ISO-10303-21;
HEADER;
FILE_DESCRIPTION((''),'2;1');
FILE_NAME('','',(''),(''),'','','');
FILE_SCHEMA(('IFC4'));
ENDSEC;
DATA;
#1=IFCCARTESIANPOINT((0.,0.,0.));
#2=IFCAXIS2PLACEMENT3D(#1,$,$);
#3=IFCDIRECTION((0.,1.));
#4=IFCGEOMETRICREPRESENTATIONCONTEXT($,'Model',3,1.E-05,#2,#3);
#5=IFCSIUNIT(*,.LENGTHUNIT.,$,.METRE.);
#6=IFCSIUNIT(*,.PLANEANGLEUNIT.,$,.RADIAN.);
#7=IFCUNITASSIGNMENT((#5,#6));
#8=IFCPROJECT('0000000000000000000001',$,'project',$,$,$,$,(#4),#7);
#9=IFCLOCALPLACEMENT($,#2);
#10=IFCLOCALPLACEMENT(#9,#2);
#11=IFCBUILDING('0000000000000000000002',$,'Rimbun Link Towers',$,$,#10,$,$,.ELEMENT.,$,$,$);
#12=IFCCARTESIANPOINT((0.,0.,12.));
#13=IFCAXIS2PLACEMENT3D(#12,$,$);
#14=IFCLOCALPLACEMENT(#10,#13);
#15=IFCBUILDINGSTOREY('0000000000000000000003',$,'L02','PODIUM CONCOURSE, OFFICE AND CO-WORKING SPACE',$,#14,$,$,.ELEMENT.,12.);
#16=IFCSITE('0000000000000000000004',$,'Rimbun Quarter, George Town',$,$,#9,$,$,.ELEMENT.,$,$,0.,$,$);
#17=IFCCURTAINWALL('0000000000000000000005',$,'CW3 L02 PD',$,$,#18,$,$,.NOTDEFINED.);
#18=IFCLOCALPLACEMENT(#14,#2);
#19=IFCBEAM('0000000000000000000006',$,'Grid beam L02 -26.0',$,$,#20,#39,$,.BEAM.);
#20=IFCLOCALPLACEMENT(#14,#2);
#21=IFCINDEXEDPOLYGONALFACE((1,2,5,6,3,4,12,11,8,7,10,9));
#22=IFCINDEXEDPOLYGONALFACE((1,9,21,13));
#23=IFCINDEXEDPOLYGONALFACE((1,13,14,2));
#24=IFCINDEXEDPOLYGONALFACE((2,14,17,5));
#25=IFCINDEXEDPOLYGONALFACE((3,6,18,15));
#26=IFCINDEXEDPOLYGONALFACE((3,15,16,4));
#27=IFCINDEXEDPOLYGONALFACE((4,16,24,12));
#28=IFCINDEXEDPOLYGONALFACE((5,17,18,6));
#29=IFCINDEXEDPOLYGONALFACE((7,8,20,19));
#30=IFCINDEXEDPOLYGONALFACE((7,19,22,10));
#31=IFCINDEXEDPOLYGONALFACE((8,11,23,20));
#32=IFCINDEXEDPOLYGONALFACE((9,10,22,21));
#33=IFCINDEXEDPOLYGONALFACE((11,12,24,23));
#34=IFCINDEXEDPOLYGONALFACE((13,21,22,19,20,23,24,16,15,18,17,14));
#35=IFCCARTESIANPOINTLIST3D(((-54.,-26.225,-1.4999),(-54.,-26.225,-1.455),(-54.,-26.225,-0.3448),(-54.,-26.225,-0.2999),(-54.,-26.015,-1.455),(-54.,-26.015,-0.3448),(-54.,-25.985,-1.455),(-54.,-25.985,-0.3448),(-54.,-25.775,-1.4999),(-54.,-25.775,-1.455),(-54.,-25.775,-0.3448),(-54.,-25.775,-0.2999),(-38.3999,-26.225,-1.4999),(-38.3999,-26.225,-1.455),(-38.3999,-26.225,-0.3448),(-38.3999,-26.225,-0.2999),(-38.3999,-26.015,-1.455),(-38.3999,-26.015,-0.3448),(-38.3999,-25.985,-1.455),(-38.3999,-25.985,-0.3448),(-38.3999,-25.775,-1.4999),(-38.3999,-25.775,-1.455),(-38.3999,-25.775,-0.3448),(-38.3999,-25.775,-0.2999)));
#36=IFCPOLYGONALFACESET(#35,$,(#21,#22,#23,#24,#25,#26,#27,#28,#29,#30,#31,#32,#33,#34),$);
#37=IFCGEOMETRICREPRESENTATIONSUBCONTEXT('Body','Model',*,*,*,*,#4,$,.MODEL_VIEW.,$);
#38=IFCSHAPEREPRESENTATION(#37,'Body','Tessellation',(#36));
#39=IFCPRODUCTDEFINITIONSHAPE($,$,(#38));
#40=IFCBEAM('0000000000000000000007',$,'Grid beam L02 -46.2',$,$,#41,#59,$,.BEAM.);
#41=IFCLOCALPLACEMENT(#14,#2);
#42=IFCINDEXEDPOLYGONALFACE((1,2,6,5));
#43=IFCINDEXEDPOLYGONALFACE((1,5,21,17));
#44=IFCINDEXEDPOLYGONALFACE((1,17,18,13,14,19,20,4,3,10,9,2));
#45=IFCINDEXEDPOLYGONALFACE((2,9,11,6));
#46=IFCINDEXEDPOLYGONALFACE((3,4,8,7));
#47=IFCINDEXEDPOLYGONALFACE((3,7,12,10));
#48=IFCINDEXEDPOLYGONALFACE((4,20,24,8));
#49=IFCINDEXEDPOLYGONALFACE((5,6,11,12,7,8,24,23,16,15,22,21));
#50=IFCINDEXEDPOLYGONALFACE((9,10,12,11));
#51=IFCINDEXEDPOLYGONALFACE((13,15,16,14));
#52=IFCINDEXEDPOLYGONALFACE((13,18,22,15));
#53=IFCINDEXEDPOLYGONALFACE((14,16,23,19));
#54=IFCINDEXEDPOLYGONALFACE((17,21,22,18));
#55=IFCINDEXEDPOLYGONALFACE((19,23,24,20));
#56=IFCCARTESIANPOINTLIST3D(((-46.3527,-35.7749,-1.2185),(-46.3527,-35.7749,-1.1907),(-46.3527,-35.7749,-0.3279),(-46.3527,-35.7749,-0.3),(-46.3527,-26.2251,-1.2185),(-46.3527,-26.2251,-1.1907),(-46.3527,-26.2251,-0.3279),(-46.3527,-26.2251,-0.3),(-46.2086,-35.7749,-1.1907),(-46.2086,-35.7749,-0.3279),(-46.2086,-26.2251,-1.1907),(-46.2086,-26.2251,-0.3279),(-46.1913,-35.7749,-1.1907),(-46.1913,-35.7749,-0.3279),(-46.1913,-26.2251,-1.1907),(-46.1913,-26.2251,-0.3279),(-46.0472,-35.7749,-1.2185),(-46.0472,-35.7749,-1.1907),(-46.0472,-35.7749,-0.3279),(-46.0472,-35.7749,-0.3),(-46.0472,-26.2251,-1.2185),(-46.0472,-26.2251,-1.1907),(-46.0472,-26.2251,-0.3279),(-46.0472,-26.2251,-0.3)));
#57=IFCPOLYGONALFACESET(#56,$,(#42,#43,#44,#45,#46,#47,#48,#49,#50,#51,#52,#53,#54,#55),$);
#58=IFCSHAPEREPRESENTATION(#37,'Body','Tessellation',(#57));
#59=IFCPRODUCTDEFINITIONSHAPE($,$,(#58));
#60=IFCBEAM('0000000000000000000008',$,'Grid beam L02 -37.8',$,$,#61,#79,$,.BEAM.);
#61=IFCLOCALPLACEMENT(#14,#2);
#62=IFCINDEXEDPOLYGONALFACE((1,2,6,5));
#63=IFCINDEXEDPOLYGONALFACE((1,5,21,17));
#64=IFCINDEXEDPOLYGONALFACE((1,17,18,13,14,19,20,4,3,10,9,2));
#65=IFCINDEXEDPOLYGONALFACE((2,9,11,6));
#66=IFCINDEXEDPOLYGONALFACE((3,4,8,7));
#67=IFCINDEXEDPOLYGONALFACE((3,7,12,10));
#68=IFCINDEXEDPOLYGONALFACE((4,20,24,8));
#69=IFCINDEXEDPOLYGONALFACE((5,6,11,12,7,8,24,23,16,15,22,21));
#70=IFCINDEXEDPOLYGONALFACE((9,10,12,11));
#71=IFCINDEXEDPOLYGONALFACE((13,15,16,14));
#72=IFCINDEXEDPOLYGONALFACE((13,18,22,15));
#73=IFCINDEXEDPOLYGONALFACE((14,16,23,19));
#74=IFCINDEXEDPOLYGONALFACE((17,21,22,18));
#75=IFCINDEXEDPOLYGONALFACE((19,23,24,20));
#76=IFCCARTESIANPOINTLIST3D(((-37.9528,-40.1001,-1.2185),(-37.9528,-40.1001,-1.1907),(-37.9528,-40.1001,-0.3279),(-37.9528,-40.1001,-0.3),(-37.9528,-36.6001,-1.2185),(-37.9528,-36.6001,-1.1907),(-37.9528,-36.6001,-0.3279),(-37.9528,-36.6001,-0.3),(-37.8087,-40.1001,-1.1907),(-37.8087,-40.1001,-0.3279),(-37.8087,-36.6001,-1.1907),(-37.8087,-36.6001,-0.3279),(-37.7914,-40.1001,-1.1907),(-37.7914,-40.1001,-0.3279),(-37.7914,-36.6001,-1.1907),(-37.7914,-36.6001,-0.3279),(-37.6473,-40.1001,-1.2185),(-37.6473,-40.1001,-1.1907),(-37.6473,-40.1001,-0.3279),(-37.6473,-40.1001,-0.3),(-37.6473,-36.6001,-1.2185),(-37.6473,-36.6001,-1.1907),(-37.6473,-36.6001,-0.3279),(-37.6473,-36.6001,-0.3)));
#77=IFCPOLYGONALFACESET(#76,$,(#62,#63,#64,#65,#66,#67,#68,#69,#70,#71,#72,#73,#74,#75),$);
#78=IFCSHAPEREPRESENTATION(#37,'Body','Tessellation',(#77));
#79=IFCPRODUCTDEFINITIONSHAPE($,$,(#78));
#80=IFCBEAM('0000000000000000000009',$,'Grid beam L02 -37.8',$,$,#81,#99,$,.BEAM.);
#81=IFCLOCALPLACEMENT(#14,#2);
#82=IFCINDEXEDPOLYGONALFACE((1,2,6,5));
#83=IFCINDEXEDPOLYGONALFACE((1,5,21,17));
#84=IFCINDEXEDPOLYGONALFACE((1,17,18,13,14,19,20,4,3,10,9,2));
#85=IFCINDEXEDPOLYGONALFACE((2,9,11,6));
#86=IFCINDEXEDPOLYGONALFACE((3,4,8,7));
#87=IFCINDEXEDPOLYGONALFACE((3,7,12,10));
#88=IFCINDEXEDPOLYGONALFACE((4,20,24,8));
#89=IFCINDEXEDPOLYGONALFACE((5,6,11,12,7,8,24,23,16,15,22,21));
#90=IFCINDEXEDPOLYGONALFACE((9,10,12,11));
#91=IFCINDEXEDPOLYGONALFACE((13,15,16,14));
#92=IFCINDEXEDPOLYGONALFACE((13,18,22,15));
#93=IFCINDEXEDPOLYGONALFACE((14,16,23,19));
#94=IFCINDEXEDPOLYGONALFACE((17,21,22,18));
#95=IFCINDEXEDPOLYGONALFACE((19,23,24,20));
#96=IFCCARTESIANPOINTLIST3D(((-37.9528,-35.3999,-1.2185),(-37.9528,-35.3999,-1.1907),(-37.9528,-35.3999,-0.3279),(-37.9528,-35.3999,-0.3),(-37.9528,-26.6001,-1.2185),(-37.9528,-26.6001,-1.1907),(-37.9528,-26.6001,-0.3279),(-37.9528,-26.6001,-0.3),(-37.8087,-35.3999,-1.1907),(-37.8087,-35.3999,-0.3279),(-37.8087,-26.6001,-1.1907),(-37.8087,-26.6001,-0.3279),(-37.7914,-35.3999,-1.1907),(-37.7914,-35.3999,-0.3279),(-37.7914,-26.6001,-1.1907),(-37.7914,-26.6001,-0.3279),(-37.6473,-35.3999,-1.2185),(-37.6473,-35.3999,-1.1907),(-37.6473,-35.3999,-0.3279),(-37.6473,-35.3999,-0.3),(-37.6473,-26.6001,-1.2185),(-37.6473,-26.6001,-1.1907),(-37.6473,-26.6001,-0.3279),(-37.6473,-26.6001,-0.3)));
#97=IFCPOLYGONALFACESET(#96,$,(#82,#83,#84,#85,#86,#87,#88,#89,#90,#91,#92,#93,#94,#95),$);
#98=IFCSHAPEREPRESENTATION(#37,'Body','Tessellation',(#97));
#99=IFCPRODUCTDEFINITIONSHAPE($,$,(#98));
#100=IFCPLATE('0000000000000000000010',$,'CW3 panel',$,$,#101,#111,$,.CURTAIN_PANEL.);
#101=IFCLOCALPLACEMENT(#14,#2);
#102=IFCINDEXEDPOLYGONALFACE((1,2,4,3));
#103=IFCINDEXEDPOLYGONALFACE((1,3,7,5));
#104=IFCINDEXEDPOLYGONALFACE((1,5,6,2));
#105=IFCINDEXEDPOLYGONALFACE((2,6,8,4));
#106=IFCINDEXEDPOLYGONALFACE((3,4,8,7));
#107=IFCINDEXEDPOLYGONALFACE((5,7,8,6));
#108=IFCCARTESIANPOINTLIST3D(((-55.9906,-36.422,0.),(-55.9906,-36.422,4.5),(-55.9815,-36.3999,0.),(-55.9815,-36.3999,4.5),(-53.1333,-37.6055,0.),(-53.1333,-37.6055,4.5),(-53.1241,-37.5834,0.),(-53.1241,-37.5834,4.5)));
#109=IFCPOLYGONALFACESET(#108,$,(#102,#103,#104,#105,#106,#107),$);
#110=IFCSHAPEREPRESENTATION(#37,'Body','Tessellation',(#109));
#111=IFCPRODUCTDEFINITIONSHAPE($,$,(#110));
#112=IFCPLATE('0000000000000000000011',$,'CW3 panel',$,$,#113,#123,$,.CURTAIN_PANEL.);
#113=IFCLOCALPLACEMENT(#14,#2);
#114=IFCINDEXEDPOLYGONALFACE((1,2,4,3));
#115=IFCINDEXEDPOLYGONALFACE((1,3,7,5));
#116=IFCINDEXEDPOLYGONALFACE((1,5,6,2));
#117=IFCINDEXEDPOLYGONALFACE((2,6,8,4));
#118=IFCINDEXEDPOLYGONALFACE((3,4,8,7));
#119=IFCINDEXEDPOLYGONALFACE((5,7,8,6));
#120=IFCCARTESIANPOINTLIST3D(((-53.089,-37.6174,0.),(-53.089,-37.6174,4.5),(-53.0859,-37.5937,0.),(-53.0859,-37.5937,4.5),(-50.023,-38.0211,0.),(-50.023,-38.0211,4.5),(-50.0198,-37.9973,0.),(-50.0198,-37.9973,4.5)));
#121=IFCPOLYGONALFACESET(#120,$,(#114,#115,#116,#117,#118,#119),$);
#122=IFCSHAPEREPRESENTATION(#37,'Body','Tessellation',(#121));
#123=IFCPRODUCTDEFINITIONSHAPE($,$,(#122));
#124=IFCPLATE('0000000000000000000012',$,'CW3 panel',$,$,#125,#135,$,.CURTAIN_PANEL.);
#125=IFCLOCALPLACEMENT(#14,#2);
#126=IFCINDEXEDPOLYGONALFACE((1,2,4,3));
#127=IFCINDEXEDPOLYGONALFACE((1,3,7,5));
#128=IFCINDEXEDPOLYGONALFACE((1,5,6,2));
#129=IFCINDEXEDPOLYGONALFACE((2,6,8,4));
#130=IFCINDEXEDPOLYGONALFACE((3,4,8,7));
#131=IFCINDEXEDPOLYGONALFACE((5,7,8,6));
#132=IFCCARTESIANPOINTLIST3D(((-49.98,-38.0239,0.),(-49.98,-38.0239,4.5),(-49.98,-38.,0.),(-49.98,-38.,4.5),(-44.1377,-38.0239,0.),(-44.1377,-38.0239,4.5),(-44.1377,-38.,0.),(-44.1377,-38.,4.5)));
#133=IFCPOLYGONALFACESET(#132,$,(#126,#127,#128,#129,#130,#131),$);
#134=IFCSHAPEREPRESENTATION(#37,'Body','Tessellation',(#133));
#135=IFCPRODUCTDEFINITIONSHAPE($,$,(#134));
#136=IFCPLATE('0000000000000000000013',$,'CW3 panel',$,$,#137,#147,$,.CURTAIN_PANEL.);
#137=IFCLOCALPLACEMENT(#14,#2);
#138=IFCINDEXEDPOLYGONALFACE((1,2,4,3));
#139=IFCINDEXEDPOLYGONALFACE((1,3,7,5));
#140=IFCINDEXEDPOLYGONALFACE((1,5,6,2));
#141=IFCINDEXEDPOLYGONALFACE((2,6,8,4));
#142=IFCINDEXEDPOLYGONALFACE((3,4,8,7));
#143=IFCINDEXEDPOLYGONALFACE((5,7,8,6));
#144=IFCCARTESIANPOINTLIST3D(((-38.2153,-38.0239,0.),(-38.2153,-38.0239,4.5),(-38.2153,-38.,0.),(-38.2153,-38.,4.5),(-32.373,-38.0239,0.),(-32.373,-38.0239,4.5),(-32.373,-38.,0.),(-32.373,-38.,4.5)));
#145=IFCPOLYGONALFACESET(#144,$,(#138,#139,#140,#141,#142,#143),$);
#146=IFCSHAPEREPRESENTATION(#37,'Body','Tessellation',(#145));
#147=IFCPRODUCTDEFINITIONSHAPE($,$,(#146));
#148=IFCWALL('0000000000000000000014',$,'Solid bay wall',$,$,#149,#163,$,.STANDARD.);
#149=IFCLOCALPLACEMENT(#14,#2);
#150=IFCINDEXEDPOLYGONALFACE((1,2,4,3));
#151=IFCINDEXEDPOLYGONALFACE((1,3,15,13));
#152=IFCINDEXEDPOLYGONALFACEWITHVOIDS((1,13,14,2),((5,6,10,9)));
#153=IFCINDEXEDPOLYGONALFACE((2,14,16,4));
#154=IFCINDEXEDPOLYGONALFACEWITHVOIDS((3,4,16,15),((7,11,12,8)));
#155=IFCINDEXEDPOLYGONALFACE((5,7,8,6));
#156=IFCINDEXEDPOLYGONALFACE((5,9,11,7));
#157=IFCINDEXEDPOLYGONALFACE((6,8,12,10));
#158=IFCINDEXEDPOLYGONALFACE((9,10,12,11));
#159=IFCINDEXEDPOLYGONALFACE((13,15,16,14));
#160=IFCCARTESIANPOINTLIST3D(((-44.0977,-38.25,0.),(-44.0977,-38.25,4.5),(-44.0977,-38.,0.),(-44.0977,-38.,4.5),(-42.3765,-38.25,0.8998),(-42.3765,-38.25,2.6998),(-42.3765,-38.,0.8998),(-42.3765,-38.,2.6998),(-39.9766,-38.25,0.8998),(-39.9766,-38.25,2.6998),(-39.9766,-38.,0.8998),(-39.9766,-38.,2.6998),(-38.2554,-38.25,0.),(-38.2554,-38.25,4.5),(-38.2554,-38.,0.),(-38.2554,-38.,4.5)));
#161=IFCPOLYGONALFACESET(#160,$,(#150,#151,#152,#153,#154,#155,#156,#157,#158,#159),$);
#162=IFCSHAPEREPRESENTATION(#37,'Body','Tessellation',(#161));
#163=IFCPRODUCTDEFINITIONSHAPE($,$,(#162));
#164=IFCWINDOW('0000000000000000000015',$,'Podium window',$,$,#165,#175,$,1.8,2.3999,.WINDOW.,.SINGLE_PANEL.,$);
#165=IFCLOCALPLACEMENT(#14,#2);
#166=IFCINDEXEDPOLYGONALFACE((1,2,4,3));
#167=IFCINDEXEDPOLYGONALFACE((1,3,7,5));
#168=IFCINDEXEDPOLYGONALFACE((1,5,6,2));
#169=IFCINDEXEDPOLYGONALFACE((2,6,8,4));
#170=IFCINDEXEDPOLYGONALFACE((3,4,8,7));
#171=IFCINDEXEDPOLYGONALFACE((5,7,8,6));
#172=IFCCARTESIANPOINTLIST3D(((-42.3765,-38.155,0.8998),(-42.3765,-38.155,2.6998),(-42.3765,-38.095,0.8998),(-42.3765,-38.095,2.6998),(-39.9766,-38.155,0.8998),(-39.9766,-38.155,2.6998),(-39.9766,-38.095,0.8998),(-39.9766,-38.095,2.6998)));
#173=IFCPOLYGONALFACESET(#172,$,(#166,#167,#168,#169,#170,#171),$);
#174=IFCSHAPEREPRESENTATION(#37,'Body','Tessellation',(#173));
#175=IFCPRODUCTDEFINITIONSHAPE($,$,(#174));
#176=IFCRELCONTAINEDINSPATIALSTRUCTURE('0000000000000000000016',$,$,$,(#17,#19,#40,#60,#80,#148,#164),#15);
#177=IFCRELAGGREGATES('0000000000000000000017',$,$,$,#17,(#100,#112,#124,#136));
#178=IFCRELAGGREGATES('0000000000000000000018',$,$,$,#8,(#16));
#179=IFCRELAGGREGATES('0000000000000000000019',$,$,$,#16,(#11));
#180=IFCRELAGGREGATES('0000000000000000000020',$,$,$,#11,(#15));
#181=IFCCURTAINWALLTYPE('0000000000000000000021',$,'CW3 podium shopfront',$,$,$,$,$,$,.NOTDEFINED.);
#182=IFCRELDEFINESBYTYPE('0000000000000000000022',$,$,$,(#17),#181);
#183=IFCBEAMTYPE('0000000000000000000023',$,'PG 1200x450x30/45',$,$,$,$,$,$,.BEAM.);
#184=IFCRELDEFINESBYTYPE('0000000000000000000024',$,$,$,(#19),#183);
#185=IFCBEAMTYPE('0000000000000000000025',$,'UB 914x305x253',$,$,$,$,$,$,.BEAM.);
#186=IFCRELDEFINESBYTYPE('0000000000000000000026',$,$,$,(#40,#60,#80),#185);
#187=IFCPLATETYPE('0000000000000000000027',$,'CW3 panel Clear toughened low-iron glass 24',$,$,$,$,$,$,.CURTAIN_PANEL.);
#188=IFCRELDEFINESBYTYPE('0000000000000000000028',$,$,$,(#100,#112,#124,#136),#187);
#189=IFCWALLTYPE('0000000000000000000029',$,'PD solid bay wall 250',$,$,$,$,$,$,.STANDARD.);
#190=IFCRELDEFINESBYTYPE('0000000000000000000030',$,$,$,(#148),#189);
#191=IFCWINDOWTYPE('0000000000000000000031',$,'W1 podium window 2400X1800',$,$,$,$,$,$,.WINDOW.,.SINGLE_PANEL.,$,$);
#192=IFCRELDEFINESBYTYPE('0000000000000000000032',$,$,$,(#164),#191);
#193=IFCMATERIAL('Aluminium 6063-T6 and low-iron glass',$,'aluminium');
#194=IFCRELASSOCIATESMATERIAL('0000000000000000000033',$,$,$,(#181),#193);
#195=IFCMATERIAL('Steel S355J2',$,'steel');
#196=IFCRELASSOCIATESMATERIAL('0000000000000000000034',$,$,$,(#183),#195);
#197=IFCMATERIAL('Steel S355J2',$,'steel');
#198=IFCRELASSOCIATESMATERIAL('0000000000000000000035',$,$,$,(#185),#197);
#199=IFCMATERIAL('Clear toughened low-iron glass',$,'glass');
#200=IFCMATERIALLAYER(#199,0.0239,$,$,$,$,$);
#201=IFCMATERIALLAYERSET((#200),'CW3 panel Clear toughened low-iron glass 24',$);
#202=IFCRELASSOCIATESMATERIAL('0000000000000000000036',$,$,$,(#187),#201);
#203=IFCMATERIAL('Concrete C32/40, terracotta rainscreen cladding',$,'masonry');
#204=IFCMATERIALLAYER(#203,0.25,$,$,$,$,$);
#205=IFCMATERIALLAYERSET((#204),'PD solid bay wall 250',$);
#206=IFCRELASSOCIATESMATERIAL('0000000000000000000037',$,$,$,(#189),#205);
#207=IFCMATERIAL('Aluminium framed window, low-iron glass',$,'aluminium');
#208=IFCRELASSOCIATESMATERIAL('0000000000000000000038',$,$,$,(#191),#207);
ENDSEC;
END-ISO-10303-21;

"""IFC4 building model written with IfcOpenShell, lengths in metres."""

from ifc_helpers import new_model, si_unit, direction, frame, frame_2d, origin, origin_2d, place, context, subcontext, project, spatial, rectangle, i_section, extrude, material, layer, layer_set, material_profile, profile_set, type_object, element, fill, aggregate, save


model = new_model("IFC4")

# Units and contexts
model_context = context("Model", 3, precision=1e-05, world=origin(), true_north=direction((0.0, 1.0)))
body_context = subcontext(model_context, "Body", "Model", "MODEL_VIEW")
ifc_project = project(units=[si_unit("LENGTHUNIT", "METRE"), si_unit("PLANEANGLEUNIT", "RADIAN")], contexts=[model_context])

# Site, building, storey
site_placement = place(None, origin())
site = spatial("IfcSite", under=ifc_project, at=site_placement, Name="Rimbun Quarter, George Town", CompositionType="ELEMENT", RefElevation=0.0)
building_placement = place(site_placement, origin())
building = spatial("IfcBuilding", under=site, at=building_placement, Name="Rimbun Link Towers", CompositionType="ELEMENT")
storey_placement = place(building_placement, frame((0.0, 0.0, 12.0)))
storey = spatial("IfcBuildingStorey", under=building, at=storey_placement, Name="L02", Description="PODIUM CONCOURSE, OFFICE AND CO-WORKING SPACE", CompositionType="ELEMENT", Elevation=12.0)

# Curtain wall
ifc_material_1 = material(Name="Aluminium 6063-T6 and low-iron glass", Category="aluminium")
curtain_wall_type = type_object("IfcCurtainWallType", Name="CW3 podium shopfront", PredefinedType="NOTDEFINED", material=ifc_material_1)
curtain_wall_placement = place(storey_placement, origin())
curtain_wall = element("IfcCurtainWall", 1, at=curtain_wall_placement, inside=storey, type_object=curtain_wall_type, Name="CW3 L02 PD", PredefinedType="NOTDEFINED")

# Beams
ifc_material_2 = material(Name="Steel S355J2", Category="steel")
ifc_material_profile_1 = material_profile(ifc_material_2, i_section(OverallWidth=0.45, OverallDepth=1.2, WebThickness=0.03, FlangeThickness=0.0449, at=origin_2d()), Name="PG 1200x450x30/45")
ifc_profile_set_1 = profile_set([ifc_material_profile_1], Name="Steel S355J2")
beam_type_1 = type_object("IfcBeamType", Name="PG 1200x450x30/45", PredefinedType="BEAM", material=ifc_profile_set_1)
beam_1_placement = place(storey_placement, frame((-54.0, -26.0, -0.8999), z_axis=(1.0, 0.0, 0.0), x_axis=(0.0, 1.0, 0.0)))
element("IfcBeam", 2, at=beam_1_placement, inside=storey, type_object=beam_type_1, Name="Grid beam L02 -26.0", PredefinedType="BEAM", context=body_context, shape_type="SweptSolid", body=[
    extrude(i_section(OverallWidth=0.45, OverallDepth=1.2, WebThickness=0.03, FlangeThickness=0.0449, at=origin_2d()), origin(), (0.0, 0.0, 1.0), 15.6001),
])
ifc_material_3 = material(Name="Steel S355J2", Category="steel")
ifc_material_profile_2 = material_profile(ifc_material_3, i_section(OverallWidth=0.3054, OverallDepth=0.9185, WebThickness=0.0173, FlangeThickness=0.0278, at=origin_2d()), Name="UB 914x305x253")
ifc_profile_set_2 = profile_set([ifc_material_profile_2], Name="Steel S355J2")
beam_type_2 = type_object("IfcBeamType", Name="UB 914x305x253", PredefinedType="BEAM", material=ifc_profile_set_2)
beam_2_placement = place(storey_placement, frame((-46.2, -35.7749, -0.7593), z_axis=(0.0, 1.0, 0.0), x_axis=(-1.0, 0.0, 0.0)))
element("IfcBeam", 3, at=beam_2_placement, inside=storey, type_object=beam_type_2, Name="Grid beam L02 -46.2", PredefinedType="BEAM", context=body_context, shape_type="SweptSolid", body=[
    extrude(i_section(OverallWidth=0.3054, OverallDepth=0.9185, WebThickness=0.0173, FlangeThickness=0.0278, at=origin_2d()), origin(), (0.0, 0.0, 1.0), 9.5498),
])
beam_3_placement = place(storey_placement, frame((-37.8, -40.1001, -0.7593), z_axis=(0.0, 1.0, 0.0), x_axis=(-1.0, 0.0, 0.0)))
element("IfcBeam", 4, at=beam_3_placement, inside=storey, type_object=beam_type_2, Name="Grid beam L02 -37.8", PredefinedType="BEAM", context=body_context, shape_type="SweptSolid", body=[
    extrude(i_section(OverallWidth=0.3054, OverallDepth=0.9185, WebThickness=0.0173, FlangeThickness=0.0278, at=origin_2d()), origin(), (0.0, 0.0, 1.0), 3.5),
])
beam_4_placement = place(storey_placement, frame((-37.8, -35.3999, -0.7593), z_axis=(0.0, 1.0, 0.0), x_axis=(-1.0, 0.0, 0.0)))
element("IfcBeam", 5, at=beam_4_placement, inside=storey, type_object=beam_type_2, Name="Grid beam L02 -37.8", PredefinedType="BEAM", context=body_context, shape_type="SweptSolid", body=[
    extrude(i_section(OverallWidth=0.3054, OverallDepth=0.9185, WebThickness=0.0173, FlangeThickness=0.0278, at=origin_2d()), origin(), (0.0, 0.0, 1.0), 8.7998),
])

# Plates
ifc_material_4 = material(Name="Clear toughened low-iron glass", Category="glass")
ifc_layer_1 = layer(ifc_material_4, 0.0239)
ifc_layer_set_1 = layer_set([ifc_layer_1], Name="CW3 panel Clear toughened low-iron glass 24")
plate_type = type_object("IfcPlateType", Name="CW3 panel Clear toughened low-iron glass 24", PredefinedType="CURTAIN_PANEL", material=ifc_layer_set_1)
plate_1_placement = place(storey_placement, frame((-54.5574, -37.0027, 0.0), z_axis=(0.0, 0.0, 1.0), x_axis=(-0.923881, 0.382679, 0.0)))
plate_1 = element("IfcPlate", 6, at=plate_1_placement, type_object=plate_type, Name="CW3 panel", PredefinedType="CURTAIN_PANEL", context=body_context, shape_type="SweptSolid", body=[
    extrude(rectangle(XDim=3.0928, YDim=0.0239, at=origin_2d()), origin(), (0.0, 0.0, 1.0), 4.5),
])
plate_2_placement = place(storey_placement, frame((-51.5544, -37.8074, 0.0), z_axis=(0.0, 0.0, 1.0), x_axis=(-0.991444, 0.13053, 0.0)))
plate_2 = element("IfcPlate", 7, at=plate_2_placement, type_object=plate_type, Name="CW3 panel", PredefinedType="CURTAIN_PANEL", context=body_context, shape_type="SweptSolid", body=[
    extrude(rectangle(XDim=3.0925, YDim=0.0239, at=origin_2d()), origin(), (0.0, 0.0, 1.0), 4.5),
])
plate_3_placement = place(storey_placement, frame((-47.0588, -38.012, 0.0), z_axis=(0.0, 0.0, 1.0), x_axis=(-1.0, 0.0, 0.0)))
plate_3 = element("IfcPlate", 8, at=plate_3_placement, type_object=plate_type, Name="CW3 panel", PredefinedType="CURTAIN_PANEL", context=body_context, shape_type="SweptSolid", body=[
    extrude(rectangle(XDim=5.8423, YDim=0.0239, at=origin_2d()), origin(), (0.0, 0.0, 1.0), 4.5),
])
plate_4_placement = place(storey_placement, frame((-35.2942, -38.012, 0.0), z_axis=(0.0, 0.0, 1.0), x_axis=(-1.0, 0.0, 0.0)))
plate_4 = element("IfcPlate", 9, at=plate_4_placement, type_object=plate_type, Name="CW3 panel", PredefinedType="CURTAIN_PANEL", context=body_context, shape_type="SweptSolid", body=[
    extrude(rectangle(XDim=5.8423, YDim=0.0239, at=origin_2d()), origin(), (0.0, 0.0, 1.0), 4.5),
])
aggregate(curtain_wall, [plate_1, plate_2, plate_3, plate_4])

# Wall, opening, window
ifc_material_5 = material(Name="Concrete C32/40, terracotta rainscreen cladding", Category="masonry")
ifc_layer_2 = layer(ifc_material_5, 0.25)
ifc_layer_set_2 = layer_set([ifc_layer_2], Name="PD solid bay wall 250")
wall_type_1 = type_object("IfcWallType", Name="PD solid bay wall 250", PredefinedType="STANDARD", material=ifc_layer_set_2)
wall_1_placement = place(storey_placement, frame((-38.2554, -38.125, 0.0), z_axis=(0.0, 0.0, 1.0), x_axis=(-1.0, 0.0, 0.0)))
wall_1 = element("IfcWall", 10, at=wall_1_placement, inside=storey, type_object=wall_type_1, Name="Solid bay wall", PredefinedType="STANDARD", context=body_context, shape_type="SweptSolid", body=[
    extrude(rectangle(XDim=5.8423, YDim=0.25, at=frame_2d((2.9211, 0.0))), origin(), (0.0, 0.0, 1.0), 4.5),
])
opening_1_placement = place(wall_1_placement, frame((1.7212, 0.0, 0.8999)))
opening_1 = element("IfcOpeningElement", 11, at=opening_1_placement, cuts=wall_1, PredefinedType="OPENING", context=body_context, shape_type="SweptSolid", body=[
    extrude(rectangle(XDim=2.3999, YDim=1.8, at=frame_2d((1.2, 0.8999))), frame((0.0, 0.135, 0.0), z_axis=(0.0, -1.0, 0.0), x_axis=(1.0, 0.0, 0.0)), (0.0, 0.0, 1.0), 0.27),
])
ifc_material_6 = material(Name="Aluminium framed window, low-iron glass", Category="aluminium")
window_type = type_object("IfcWindowType", Name="W1 podium window 2400X1800", PartitioningType="SINGLE_PANEL", PredefinedType="WINDOW", material=ifc_material_6)
window_placement = place(opening_1_placement, origin())
window = element("IfcWindow", 12, at=window_placement, inside=storey, type_object=window_type, Name="Podium window", OverallHeight=1.8, OverallWidth=2.3999, PartitioningType="SINGLE_PANEL", PredefinedType="WINDOW", context=body_context, shape_type="SweptSolid", body=[
    extrude(rectangle(XDim=2.3999, YDim=1.8, at=frame_2d((1.2, 0.8999))), frame((0.0, 0.03, 0.0), z_axis=(0.0, -1.0, 0.0), x_axis=(1.0, 0.0, 0.0)), (0.0, 0.0, 1.0), 0.0601),
])
fill(opening_1, window)

save(model, "model.ifc")
